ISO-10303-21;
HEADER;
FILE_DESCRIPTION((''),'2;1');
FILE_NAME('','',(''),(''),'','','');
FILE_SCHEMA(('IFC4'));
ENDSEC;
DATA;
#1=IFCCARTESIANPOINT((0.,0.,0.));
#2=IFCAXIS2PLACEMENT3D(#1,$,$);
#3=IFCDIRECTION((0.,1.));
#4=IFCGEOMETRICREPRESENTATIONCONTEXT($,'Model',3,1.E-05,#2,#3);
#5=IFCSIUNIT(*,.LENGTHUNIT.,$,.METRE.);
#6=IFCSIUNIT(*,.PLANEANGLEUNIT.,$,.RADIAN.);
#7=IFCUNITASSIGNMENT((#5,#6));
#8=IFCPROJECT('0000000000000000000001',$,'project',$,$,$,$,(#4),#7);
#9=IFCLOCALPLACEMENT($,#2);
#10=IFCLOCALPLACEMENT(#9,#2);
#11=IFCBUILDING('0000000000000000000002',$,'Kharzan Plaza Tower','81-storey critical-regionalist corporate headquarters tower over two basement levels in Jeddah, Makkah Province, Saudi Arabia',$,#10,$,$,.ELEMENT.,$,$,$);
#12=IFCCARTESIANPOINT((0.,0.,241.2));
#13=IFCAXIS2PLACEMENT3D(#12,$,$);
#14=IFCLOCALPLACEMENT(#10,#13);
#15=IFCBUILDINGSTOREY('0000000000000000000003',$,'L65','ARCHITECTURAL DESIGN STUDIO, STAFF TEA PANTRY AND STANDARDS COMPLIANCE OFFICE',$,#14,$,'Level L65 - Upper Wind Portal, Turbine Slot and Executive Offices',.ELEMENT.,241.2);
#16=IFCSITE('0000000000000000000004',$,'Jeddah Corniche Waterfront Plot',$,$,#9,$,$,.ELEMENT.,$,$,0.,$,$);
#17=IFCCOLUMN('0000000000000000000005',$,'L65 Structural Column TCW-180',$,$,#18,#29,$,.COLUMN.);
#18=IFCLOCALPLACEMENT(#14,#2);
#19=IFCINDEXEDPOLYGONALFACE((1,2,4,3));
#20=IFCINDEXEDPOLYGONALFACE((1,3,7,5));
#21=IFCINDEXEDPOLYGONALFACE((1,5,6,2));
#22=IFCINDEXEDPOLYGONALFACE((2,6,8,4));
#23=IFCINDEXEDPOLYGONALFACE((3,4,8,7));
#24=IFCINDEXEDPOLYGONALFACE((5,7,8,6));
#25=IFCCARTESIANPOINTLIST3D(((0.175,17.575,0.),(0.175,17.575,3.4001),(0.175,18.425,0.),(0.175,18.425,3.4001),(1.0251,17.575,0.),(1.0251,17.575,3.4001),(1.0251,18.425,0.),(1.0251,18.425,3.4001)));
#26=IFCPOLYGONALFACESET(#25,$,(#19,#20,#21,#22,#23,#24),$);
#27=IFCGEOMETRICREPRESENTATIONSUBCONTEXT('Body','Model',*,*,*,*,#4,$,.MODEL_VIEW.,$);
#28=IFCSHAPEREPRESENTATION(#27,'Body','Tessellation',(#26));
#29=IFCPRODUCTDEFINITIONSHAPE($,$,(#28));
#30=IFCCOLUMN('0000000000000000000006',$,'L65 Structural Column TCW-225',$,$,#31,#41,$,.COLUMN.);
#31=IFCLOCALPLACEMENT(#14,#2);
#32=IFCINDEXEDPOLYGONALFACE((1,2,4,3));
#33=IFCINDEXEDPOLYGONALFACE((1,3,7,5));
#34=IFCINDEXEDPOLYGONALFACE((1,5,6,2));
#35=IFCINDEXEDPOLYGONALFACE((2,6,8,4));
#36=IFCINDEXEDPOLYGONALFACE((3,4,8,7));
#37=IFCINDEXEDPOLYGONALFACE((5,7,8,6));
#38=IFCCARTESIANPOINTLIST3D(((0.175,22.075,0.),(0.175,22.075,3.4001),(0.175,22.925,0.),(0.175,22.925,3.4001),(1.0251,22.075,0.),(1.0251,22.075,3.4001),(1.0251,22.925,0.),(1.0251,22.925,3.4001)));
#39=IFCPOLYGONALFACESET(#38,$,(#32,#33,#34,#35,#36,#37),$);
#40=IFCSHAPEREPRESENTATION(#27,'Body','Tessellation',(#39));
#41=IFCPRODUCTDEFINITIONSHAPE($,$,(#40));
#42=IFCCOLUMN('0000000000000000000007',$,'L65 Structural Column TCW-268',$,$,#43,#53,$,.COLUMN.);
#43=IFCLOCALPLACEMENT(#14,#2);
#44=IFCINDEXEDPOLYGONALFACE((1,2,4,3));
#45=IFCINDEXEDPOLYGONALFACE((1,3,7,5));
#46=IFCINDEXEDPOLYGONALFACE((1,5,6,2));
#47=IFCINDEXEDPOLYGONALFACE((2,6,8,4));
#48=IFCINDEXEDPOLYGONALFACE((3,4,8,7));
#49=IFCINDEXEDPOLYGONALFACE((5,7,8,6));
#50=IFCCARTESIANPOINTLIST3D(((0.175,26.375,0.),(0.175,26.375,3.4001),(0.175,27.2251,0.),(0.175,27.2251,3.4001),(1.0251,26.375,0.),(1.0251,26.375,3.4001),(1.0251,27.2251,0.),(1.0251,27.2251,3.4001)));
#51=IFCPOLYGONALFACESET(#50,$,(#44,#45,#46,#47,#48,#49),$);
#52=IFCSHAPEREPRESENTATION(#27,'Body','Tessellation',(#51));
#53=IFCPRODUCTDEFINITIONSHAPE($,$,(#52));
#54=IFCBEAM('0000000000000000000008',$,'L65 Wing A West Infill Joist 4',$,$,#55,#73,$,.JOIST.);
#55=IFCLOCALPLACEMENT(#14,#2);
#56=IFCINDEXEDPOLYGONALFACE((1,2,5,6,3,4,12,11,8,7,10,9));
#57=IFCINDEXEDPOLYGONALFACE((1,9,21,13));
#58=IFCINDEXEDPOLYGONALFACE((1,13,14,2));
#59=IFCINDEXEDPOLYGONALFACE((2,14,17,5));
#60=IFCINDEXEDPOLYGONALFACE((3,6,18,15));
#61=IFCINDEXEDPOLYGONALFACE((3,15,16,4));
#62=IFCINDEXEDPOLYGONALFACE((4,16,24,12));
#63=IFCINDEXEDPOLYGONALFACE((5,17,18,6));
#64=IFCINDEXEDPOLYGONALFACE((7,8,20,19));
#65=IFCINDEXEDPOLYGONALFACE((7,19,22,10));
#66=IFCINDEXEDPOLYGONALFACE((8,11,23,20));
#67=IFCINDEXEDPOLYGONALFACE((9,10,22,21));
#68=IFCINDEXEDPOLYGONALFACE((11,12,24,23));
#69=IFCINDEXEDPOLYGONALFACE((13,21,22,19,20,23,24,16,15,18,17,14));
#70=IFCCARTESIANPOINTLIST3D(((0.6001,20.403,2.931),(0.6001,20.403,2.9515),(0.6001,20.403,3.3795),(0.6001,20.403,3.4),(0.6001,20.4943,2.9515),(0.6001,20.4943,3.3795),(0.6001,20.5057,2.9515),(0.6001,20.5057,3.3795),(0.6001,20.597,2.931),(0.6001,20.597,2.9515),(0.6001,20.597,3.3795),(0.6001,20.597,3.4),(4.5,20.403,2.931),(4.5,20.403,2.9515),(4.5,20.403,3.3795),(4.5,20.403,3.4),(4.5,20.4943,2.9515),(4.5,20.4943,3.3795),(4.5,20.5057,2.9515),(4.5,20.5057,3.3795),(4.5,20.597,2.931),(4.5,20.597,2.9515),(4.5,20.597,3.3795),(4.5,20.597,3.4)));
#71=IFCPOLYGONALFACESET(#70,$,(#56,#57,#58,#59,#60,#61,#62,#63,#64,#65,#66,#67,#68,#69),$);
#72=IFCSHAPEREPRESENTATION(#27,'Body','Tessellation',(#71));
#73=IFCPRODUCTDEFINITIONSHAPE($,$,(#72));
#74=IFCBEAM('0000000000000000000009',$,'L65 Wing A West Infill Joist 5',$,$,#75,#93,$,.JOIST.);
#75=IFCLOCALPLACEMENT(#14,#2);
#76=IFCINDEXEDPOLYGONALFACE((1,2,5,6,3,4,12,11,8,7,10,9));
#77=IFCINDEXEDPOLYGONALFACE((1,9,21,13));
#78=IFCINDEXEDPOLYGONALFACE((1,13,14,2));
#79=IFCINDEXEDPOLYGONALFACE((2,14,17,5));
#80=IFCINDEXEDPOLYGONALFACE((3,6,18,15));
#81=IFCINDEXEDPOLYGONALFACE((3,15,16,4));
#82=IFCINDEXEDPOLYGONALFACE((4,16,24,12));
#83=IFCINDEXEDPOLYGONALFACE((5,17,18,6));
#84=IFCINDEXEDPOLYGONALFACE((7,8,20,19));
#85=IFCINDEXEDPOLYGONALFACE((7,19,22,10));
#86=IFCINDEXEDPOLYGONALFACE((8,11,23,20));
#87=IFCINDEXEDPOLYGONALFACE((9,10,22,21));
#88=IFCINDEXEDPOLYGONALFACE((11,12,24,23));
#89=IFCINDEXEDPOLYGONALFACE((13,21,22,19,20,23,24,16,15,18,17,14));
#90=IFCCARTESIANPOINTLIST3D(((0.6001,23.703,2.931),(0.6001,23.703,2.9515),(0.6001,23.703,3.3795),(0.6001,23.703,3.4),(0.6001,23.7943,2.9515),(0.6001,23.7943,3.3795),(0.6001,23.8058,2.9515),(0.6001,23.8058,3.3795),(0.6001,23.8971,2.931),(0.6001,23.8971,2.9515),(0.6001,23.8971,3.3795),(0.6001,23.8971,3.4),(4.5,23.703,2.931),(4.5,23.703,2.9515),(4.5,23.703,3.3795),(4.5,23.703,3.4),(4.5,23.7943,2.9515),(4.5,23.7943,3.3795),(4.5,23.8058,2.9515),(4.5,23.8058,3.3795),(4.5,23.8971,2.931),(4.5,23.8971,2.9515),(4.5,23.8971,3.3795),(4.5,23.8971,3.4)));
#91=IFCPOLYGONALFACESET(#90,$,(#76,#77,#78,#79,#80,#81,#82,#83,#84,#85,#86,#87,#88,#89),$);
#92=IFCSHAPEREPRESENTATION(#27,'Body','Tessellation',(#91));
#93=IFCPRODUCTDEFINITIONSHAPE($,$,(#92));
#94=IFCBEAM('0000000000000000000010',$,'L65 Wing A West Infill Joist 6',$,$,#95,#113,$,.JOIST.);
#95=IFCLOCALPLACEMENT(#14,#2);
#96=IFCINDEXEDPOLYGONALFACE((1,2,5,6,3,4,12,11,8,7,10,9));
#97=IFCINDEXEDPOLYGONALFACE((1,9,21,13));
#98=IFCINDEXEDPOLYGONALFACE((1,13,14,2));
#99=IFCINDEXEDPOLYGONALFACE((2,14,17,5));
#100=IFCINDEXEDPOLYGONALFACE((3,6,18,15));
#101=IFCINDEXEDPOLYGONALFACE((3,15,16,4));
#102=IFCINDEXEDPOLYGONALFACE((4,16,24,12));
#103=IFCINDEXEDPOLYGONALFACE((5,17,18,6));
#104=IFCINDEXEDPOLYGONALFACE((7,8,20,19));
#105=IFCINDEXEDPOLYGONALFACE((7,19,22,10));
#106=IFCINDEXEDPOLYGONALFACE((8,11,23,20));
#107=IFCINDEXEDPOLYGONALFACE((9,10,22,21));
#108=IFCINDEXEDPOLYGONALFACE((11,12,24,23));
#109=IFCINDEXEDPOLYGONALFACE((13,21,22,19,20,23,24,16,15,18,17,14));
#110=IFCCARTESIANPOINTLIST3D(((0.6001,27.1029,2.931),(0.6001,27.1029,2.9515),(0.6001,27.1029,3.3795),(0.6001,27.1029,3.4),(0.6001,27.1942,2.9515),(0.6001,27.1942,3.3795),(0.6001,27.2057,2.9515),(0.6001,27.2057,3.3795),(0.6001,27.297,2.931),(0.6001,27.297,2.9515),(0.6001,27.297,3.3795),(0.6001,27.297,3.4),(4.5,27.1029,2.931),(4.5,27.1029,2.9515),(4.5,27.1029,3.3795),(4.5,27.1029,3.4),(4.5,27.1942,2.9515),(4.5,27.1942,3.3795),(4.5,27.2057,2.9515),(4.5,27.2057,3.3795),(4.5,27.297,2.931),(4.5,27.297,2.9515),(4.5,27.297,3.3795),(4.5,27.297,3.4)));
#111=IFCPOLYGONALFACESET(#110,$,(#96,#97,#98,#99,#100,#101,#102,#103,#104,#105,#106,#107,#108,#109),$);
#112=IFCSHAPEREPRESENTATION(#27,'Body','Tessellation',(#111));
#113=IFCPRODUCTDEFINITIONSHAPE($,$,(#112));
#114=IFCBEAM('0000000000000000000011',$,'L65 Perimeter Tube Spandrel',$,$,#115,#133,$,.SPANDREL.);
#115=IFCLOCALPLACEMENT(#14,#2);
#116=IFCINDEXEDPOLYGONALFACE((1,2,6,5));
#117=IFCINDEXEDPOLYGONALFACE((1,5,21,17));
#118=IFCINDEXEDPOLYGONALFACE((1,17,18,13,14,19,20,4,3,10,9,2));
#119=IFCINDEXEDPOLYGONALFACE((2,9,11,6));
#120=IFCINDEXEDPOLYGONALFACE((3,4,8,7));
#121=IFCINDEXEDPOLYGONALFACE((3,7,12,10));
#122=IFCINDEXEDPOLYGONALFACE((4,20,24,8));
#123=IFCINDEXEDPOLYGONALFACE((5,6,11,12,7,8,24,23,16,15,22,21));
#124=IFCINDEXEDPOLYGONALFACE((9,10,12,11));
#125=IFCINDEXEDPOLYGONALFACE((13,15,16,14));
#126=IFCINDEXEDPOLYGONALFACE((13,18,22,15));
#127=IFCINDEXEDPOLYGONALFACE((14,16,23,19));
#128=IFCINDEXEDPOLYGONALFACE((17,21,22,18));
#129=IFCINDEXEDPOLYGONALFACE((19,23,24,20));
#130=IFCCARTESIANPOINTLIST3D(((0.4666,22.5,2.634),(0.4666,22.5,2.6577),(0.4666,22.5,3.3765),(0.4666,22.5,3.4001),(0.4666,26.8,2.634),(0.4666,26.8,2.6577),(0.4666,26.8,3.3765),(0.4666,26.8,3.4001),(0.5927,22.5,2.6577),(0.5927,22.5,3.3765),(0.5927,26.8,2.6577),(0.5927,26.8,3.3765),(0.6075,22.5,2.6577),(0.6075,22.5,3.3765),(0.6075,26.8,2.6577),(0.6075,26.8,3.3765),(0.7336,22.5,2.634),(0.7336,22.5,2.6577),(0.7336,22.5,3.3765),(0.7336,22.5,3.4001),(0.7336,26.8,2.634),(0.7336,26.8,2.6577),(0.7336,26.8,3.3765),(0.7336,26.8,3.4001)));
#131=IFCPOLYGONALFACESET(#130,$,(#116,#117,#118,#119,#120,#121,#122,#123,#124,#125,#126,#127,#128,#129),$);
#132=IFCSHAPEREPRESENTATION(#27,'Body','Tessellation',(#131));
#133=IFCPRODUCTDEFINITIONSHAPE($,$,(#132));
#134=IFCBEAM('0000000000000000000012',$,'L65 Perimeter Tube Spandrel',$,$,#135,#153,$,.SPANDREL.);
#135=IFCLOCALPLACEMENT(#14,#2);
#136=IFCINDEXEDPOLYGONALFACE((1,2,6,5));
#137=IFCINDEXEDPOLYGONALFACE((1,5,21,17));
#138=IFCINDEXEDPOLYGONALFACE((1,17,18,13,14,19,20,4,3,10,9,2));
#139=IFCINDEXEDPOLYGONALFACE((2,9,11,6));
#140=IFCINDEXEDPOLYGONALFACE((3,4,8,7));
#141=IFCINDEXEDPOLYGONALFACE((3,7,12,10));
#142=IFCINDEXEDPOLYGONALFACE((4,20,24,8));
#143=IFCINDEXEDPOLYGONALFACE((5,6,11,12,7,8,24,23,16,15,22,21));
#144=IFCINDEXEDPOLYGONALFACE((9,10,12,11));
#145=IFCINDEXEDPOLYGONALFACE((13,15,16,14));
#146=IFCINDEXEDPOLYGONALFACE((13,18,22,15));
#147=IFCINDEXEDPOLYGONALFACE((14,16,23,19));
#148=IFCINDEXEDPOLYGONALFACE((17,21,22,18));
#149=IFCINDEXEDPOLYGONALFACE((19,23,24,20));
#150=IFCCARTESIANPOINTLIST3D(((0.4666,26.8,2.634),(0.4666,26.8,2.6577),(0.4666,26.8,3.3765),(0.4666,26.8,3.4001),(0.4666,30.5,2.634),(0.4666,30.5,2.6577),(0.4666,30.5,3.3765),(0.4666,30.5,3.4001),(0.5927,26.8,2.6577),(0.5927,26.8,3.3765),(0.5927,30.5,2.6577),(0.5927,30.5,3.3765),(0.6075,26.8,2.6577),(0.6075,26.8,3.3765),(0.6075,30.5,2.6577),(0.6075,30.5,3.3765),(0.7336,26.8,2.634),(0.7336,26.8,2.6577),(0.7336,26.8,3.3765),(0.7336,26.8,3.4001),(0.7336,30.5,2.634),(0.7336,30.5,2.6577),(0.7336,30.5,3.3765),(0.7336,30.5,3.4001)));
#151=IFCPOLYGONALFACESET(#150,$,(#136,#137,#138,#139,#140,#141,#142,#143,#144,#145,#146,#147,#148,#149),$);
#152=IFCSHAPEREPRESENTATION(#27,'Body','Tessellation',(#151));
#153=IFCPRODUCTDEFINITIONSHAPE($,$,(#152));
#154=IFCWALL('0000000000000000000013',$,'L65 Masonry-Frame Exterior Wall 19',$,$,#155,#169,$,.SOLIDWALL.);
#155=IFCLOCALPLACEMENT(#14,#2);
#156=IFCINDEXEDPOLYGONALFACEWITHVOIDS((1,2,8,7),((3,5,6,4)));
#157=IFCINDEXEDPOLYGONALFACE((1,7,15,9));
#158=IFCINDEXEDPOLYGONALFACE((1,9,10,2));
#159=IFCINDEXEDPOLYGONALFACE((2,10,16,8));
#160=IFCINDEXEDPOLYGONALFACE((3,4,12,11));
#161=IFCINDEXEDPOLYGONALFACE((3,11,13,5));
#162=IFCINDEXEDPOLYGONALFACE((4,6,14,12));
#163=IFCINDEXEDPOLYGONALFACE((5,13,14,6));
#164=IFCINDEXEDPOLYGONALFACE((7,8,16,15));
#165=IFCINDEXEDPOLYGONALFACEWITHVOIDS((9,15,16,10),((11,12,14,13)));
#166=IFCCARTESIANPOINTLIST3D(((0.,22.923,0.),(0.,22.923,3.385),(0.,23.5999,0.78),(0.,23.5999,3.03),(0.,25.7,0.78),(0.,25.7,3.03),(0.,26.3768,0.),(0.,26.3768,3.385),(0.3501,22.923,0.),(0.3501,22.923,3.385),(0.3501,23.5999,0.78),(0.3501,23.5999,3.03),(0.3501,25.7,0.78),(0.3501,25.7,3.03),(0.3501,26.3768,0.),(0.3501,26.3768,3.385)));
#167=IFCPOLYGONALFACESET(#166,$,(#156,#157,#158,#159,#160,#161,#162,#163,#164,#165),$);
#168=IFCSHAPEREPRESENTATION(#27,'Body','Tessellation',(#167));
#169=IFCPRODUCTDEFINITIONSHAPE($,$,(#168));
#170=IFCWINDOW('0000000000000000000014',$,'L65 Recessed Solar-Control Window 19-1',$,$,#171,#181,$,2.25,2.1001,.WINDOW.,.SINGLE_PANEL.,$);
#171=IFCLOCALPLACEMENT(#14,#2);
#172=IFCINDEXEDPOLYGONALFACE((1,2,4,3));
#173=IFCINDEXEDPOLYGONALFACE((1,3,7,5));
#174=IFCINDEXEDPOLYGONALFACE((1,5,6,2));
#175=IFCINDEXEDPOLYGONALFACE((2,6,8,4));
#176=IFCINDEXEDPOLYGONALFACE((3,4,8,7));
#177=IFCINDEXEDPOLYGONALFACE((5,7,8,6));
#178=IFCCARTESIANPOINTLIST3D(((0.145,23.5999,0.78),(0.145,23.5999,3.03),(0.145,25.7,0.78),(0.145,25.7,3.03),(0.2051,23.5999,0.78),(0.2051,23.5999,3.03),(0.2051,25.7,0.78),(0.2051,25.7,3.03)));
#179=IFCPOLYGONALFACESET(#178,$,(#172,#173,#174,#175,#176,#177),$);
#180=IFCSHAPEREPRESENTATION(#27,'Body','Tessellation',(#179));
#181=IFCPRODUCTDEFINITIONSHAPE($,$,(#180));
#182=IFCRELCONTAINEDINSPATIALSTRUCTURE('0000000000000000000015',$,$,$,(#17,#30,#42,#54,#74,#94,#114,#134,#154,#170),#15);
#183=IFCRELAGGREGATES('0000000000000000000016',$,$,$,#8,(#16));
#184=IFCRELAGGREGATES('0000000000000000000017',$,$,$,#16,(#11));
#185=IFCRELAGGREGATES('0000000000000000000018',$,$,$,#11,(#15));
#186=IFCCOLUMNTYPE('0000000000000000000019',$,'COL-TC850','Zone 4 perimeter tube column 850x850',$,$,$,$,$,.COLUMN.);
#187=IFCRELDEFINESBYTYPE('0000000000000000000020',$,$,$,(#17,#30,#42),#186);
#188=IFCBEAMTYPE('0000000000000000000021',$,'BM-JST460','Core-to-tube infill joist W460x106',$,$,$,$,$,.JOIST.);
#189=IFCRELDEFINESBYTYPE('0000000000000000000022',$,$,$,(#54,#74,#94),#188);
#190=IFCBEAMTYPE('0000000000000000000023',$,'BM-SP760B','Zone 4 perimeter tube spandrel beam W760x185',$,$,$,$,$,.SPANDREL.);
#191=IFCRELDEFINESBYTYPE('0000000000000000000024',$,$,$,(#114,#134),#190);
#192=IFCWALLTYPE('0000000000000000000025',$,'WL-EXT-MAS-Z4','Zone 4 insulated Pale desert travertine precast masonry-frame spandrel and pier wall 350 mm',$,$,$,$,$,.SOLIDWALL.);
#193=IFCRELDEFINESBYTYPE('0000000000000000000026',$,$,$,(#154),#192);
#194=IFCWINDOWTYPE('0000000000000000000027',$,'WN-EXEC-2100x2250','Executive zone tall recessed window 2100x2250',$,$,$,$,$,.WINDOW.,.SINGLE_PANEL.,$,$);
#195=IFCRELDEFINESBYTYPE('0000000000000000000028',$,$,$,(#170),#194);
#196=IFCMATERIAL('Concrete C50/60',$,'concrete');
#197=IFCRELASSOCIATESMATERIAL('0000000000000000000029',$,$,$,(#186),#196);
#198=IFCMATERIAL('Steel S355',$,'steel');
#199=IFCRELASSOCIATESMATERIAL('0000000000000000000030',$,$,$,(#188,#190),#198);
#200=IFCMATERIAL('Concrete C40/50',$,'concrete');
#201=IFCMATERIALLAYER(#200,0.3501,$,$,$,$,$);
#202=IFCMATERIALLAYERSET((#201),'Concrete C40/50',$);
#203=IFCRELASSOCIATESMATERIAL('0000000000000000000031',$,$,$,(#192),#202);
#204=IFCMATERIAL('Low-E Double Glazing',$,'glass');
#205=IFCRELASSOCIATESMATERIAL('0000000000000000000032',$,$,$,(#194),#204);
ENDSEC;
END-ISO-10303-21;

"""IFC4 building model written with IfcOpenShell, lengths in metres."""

from ifc_helpers import new_model, si_unit, direction, frame, frame_2d, origin, origin_2d, place, context, subcontext, project, spatial, rectangle, i_section, extrude, source, transform, mapped, material, layer, layer_set, material_profile, profile_set, type_object, element, fill, save


model = new_model("IFC4")

# Units and contexts
model_context = context("Model", 3, precision=1e-05, world=origin(), true_north=direction((0.0, 1.0)))
body_context = subcontext(model_context, "Body", "Model", "MODEL_VIEW")
ifc_project = project(units=[si_unit("LENGTHUNIT", "METRE"), si_unit("PLANEANGLEUNIT", "RADIAN")], contexts=[model_context])

# Site, building, storey
site_placement = place(None, origin())
site = spatial("IfcSite", under=ifc_project, at=site_placement, Name="Jeddah Corniche Waterfront Plot", CompositionType="ELEMENT", RefElevation=0.0)
building_placement = place(site_placement, origin())
building = spatial("IfcBuilding", under=site, at=building_placement, Name="Kharzan Plaza Tower", Description="81-storey critical-regionalist corporate headquarters tower over two basement levels in Jeddah, Makkah Province, Saudi Arabia", CompositionType="ELEMENT")
storey_placement = place(building_placement, frame((0.0, 0.0, 241.2)))
storey = spatial("IfcBuildingStorey", under=building, at=storey_placement, Name="L65", Description="ARCHITECTURAL DESIGN STUDIO, STAFF TEA PANTRY AND STANDARDS COMPLIANCE OFFICE", LongName="Level L65 - Upper Wind Portal, Turbine Slot and Executive Offices", CompositionType="ELEMENT", Elevation=241.2)

# Columns
ifc_material_1 = material(Name="Concrete C50/60", Category="concrete")
ifc_material_profile_1 = material_profile(ifc_material_1, rectangle(XDim=0.8501, YDim=0.8501, at=origin_2d()), Name="RC-TC850x850")
ifc_profile_set_1 = profile_set([ifc_material_profile_1], Name="Concrete C50/60")
column_type = type_object("IfcColumnType", Name="COL-TC850", Description="Zone 4 perimeter tube column 850x850", PredefinedType="COLUMN", material=ifc_profile_set_1)
shared_shape_1 = source(origin(), body_context, "Body", "SweptSolid", [
    extrude(rectangle(XDim=0.8501, YDim=0.8501, at=origin_2d()), origin(), (0.0, 0.0, 1.0), 3.4001),
])
for number, where, z_axis, x_axis, name in (
    (1, (0.6001, 18.0, 0.0), (0.0, 0.0, 1.0), (1.0, 0.0, 0.0), "L65 Structural Column TCW-180"),
    (2, (0.6001, 22.5, 0.0), (0.0, 0.0, 1.0), (1.0, 0.0, 0.0), "L65 Structural Column TCW-225"),
    (3, (0.6001, 26.8, 0.0), (0.0, 0.0, 1.0), (1.0, 0.0, 0.0), "L65 Structural Column TCW-268"),
):
    element("IfcColumn", number, at=place(storey_placement, frame(where, z_axis=z_axis, x_axis=x_axis)), inside=storey, type_object=column_type, Name=name, PredefinedType="COLUMN", context=body_context, shape_type="MappedRepresentation", body=[
        mapped(shared_shape_1, transform((0.0, 0.0, 0.0), x_axis=(1.0, 0.0, 0.0), y_axis=(0.0, 1.0, 0.0), z_axis=(0.0, 0.0, 1.0))),
    ])

# Beams
ifc_material_2 = material(Name="Steel S355", Category="steel")
ifc_material_profile_2 = material_profile(ifc_material_2, i_section(OverallWidth=0.1941, OverallDepth=0.469, WebThickness=0.0115, FlangeThickness=0.0205, at=origin_2d()), Name="W460x106")
ifc_profile_set_2 = profile_set([ifc_material_profile_2], Name="Steel S355")
beam_type_1 = type_object("IfcBeamType", Name="BM-JST460", Description="Core-to-tube infill joist W460x106", PredefinedType="JOIST", material=ifc_profile_set_2)
shared_shape_2 = source(origin(), body_context, "Body", "SweptSolid", [
    extrude(i_section(OverallWidth=0.1941, OverallDepth=0.469, WebThickness=0.0115, FlangeThickness=0.0205, at=origin_2d()), origin(), (0.0, 0.0, 1.0), 3.8999),
])
for number, where, z_axis, x_axis, name in (
    (4, (0.6001, 20.5, 3.1655), (1.0, 0.0, 0.0), (0.0, 1.0, 0.0), "L65 Wing A West Infill Joist 4"),
    (5, (0.6001, 23.8, 3.1655), (1.0, 0.0, 0.0), (0.0, 1.0, 0.0), "L65 Wing A West Infill Joist 5"),
    (6, (0.6001, 27.2, 3.1655), (1.0, 0.0, 0.0), (0.0, 1.0, 0.0), "L65 Wing A West Infill Joist 6"),
):
    element("IfcBeam", number, at=place(storey_placement, frame(where, z_axis=z_axis, x_axis=x_axis)), inside=storey, type_object=beam_type_1, Name=name, PredefinedType="JOIST", context=body_context, shape_type="MappedRepresentation", body=[
        mapped(shared_shape_2, transform((0.0, 0.0, 0.0), x_axis=(1.0, 0.0, 0.0), y_axis=(0.0, 1.0, 0.0), z_axis=(0.0, 0.0, 1.0))),
    ])
ifc_material_profile_3 = material_profile(ifc_material_2, i_section(OverallWidth=0.2671, OverallDepth=0.7661, WebThickness=0.0149, FlangeThickness=0.0237, at=origin_2d()), Name="W760x185")
ifc_profile_set_3 = profile_set([ifc_material_profile_3], Name="Steel S355")
beam_type_2 = type_object("IfcBeamType", Name="BM-SP760B", Description="Zone 4 perimeter tube spandrel beam W760x185", PredefinedType="SPANDREL", material=ifc_profile_set_3)
shared_shape_3 = source(origin(), body_context, "Body", "SweptSolid", [
    extrude(i_section(OverallWidth=0.2671, OverallDepth=0.7661, WebThickness=0.0149, FlangeThickness=0.0237, at=origin_2d()), origin(), (0.0, 0.0, 1.0), 4.3),
])
beam_1_placement = place(storey_placement, frame((0.6001, 22.5, 3.0171), z_axis=(0.0, 1.0, 0.0), x_axis=(-1.0, 0.0, 0.0)))
element("IfcBeam", 7, at=beam_1_placement, inside=storey, type_object=beam_type_2, Name="L65 Perimeter Tube Spandrel", PredefinedType="SPANDREL", context=body_context, shape_type="MappedRepresentation", body=[
    mapped(shared_shape_3, transform((0.0, 0.0, 0.0), x_axis=(1.0, 0.0, 0.0), y_axis=(0.0, 1.0, 0.0), z_axis=(0.0, 0.0, 1.0))),
])
shared_shape_4 = source(origin(), body_context, "Body", "SweptSolid", [
    extrude(i_section(OverallWidth=0.2671, OverallDepth=0.7661, WebThickness=0.0149, FlangeThickness=0.0237, at=origin_2d()), origin(), (0.0, 0.0, 1.0), 3.7),
])
beam_2_placement = place(storey_placement, frame((0.6001, 26.8, 3.0171), z_axis=(0.0, 1.0, 0.0), x_axis=(-1.0, 0.0, 0.0)))
element("IfcBeam", 8, at=beam_2_placement, inside=storey, type_object=beam_type_2, Name="L65 Perimeter Tube Spandrel", PredefinedType="SPANDREL", context=body_context, shape_type="MappedRepresentation", body=[
    mapped(shared_shape_4, transform((0.0, 0.0, 0.0), x_axis=(1.0, 0.0, 0.0), y_axis=(0.0, 1.0, 0.0), z_axis=(0.0, 0.0, 1.0))),
])

# Wall, opening, window
ifc_material_3 = material(Name="Concrete C40/50", Category="concrete")
ifc_layer_1 = layer(ifc_material_3, 0.3501)
ifc_layer_set_1 = layer_set([ifc_layer_1], Name="Concrete C40/50")
wall_type_1 = type_object("IfcWallType", Name="WL-EXT-MAS-Z4", Description="Zone 4 insulated Pale desert travertine precast masonry-frame spandrel and pier wall 350 mm", PredefinedType="SOLIDWALL", material=ifc_layer_set_1)
wall_1_placement = place(storey_placement, frame((0.175, 26.377, 0.0), z_axis=(0.0, 0.0, 1.0), x_axis=(0.0, -1.0, 0.0)))
wall_1 = element("IfcWall", 9, at=wall_1_placement, inside=storey, type_object=wall_type_1, Name="L65 Masonry-Frame Exterior Wall 19", PredefinedType="SOLIDWALL", context=body_context, shape_type="SweptSolid", body=[
    extrude(rectangle(XDim=3.4539, YDim=0.3501, at=frame_2d((1.7271, 0.0))), origin(), (0.0, 0.0, 1.0), 3.385),
])
opening_1_placement = place(wall_1_placement, frame((0.677, 0.0, 0.78)))
opening_1 = element("IfcOpeningElement", 10, at=opening_1_placement, cuts=wall_1, PredefinedType="OPENING", context=body_context, shape_type="SweptSolid", body=[
    extrude(rectangle(XDim=2.1001, YDim=2.25, at=frame_2d((1.05, 1.125))), frame((0.0, 0.1851, 0.0), z_axis=(0.0, -1.0, 0.0), x_axis=(1.0, 0.0, 0.0)), (0.0, 0.0, 1.0), 0.3701),
])
ifc_material_4 = material(Name="Low-E Double Glazing", Category="glass")
window_type = type_object("IfcWindowType", Name="WN-EXEC-2100x2250", Description="Executive zone tall recessed window 2100x2250", PartitioningType="SINGLE_PANEL", PredefinedType="WINDOW", material=ifc_material_4)
shared_shape_5 = source(origin(), body_context, "Body", "SweptSolid", [
    extrude(rectangle(XDim=2.1001, YDim=2.25, at=frame_2d((1.05, 1.125))), frame((0.0, 0.03, 0.0), z_axis=(0.0, -1.0, 0.0), x_axis=(1.0, 0.0, 0.0)), (0.0, 0.0, 1.0), 0.0601),
])
window_1_placement = place(opening_1_placement, origin())
window_1 = element("IfcWindow", 11, at=window_1_placement, inside=storey, type_object=window_type, Name="L65 Recessed Solar-Control Window 19-1", OverallHeight=2.25, OverallWidth=2.1001, PartitioningType="SINGLE_PANEL", PredefinedType="WINDOW", context=body_context, shape_type="MappedRepresentation", body=[
    mapped(shared_shape_5, transform((0.0, 0.0, 0.0), x_axis=(1.0, 0.0, 0.0), y_axis=(0.0, 1.0, 0.0), z_axis=(0.0, 0.0, 1.0))),
])
fill(opening_1, window_1)

save(model, "model.ifc")
